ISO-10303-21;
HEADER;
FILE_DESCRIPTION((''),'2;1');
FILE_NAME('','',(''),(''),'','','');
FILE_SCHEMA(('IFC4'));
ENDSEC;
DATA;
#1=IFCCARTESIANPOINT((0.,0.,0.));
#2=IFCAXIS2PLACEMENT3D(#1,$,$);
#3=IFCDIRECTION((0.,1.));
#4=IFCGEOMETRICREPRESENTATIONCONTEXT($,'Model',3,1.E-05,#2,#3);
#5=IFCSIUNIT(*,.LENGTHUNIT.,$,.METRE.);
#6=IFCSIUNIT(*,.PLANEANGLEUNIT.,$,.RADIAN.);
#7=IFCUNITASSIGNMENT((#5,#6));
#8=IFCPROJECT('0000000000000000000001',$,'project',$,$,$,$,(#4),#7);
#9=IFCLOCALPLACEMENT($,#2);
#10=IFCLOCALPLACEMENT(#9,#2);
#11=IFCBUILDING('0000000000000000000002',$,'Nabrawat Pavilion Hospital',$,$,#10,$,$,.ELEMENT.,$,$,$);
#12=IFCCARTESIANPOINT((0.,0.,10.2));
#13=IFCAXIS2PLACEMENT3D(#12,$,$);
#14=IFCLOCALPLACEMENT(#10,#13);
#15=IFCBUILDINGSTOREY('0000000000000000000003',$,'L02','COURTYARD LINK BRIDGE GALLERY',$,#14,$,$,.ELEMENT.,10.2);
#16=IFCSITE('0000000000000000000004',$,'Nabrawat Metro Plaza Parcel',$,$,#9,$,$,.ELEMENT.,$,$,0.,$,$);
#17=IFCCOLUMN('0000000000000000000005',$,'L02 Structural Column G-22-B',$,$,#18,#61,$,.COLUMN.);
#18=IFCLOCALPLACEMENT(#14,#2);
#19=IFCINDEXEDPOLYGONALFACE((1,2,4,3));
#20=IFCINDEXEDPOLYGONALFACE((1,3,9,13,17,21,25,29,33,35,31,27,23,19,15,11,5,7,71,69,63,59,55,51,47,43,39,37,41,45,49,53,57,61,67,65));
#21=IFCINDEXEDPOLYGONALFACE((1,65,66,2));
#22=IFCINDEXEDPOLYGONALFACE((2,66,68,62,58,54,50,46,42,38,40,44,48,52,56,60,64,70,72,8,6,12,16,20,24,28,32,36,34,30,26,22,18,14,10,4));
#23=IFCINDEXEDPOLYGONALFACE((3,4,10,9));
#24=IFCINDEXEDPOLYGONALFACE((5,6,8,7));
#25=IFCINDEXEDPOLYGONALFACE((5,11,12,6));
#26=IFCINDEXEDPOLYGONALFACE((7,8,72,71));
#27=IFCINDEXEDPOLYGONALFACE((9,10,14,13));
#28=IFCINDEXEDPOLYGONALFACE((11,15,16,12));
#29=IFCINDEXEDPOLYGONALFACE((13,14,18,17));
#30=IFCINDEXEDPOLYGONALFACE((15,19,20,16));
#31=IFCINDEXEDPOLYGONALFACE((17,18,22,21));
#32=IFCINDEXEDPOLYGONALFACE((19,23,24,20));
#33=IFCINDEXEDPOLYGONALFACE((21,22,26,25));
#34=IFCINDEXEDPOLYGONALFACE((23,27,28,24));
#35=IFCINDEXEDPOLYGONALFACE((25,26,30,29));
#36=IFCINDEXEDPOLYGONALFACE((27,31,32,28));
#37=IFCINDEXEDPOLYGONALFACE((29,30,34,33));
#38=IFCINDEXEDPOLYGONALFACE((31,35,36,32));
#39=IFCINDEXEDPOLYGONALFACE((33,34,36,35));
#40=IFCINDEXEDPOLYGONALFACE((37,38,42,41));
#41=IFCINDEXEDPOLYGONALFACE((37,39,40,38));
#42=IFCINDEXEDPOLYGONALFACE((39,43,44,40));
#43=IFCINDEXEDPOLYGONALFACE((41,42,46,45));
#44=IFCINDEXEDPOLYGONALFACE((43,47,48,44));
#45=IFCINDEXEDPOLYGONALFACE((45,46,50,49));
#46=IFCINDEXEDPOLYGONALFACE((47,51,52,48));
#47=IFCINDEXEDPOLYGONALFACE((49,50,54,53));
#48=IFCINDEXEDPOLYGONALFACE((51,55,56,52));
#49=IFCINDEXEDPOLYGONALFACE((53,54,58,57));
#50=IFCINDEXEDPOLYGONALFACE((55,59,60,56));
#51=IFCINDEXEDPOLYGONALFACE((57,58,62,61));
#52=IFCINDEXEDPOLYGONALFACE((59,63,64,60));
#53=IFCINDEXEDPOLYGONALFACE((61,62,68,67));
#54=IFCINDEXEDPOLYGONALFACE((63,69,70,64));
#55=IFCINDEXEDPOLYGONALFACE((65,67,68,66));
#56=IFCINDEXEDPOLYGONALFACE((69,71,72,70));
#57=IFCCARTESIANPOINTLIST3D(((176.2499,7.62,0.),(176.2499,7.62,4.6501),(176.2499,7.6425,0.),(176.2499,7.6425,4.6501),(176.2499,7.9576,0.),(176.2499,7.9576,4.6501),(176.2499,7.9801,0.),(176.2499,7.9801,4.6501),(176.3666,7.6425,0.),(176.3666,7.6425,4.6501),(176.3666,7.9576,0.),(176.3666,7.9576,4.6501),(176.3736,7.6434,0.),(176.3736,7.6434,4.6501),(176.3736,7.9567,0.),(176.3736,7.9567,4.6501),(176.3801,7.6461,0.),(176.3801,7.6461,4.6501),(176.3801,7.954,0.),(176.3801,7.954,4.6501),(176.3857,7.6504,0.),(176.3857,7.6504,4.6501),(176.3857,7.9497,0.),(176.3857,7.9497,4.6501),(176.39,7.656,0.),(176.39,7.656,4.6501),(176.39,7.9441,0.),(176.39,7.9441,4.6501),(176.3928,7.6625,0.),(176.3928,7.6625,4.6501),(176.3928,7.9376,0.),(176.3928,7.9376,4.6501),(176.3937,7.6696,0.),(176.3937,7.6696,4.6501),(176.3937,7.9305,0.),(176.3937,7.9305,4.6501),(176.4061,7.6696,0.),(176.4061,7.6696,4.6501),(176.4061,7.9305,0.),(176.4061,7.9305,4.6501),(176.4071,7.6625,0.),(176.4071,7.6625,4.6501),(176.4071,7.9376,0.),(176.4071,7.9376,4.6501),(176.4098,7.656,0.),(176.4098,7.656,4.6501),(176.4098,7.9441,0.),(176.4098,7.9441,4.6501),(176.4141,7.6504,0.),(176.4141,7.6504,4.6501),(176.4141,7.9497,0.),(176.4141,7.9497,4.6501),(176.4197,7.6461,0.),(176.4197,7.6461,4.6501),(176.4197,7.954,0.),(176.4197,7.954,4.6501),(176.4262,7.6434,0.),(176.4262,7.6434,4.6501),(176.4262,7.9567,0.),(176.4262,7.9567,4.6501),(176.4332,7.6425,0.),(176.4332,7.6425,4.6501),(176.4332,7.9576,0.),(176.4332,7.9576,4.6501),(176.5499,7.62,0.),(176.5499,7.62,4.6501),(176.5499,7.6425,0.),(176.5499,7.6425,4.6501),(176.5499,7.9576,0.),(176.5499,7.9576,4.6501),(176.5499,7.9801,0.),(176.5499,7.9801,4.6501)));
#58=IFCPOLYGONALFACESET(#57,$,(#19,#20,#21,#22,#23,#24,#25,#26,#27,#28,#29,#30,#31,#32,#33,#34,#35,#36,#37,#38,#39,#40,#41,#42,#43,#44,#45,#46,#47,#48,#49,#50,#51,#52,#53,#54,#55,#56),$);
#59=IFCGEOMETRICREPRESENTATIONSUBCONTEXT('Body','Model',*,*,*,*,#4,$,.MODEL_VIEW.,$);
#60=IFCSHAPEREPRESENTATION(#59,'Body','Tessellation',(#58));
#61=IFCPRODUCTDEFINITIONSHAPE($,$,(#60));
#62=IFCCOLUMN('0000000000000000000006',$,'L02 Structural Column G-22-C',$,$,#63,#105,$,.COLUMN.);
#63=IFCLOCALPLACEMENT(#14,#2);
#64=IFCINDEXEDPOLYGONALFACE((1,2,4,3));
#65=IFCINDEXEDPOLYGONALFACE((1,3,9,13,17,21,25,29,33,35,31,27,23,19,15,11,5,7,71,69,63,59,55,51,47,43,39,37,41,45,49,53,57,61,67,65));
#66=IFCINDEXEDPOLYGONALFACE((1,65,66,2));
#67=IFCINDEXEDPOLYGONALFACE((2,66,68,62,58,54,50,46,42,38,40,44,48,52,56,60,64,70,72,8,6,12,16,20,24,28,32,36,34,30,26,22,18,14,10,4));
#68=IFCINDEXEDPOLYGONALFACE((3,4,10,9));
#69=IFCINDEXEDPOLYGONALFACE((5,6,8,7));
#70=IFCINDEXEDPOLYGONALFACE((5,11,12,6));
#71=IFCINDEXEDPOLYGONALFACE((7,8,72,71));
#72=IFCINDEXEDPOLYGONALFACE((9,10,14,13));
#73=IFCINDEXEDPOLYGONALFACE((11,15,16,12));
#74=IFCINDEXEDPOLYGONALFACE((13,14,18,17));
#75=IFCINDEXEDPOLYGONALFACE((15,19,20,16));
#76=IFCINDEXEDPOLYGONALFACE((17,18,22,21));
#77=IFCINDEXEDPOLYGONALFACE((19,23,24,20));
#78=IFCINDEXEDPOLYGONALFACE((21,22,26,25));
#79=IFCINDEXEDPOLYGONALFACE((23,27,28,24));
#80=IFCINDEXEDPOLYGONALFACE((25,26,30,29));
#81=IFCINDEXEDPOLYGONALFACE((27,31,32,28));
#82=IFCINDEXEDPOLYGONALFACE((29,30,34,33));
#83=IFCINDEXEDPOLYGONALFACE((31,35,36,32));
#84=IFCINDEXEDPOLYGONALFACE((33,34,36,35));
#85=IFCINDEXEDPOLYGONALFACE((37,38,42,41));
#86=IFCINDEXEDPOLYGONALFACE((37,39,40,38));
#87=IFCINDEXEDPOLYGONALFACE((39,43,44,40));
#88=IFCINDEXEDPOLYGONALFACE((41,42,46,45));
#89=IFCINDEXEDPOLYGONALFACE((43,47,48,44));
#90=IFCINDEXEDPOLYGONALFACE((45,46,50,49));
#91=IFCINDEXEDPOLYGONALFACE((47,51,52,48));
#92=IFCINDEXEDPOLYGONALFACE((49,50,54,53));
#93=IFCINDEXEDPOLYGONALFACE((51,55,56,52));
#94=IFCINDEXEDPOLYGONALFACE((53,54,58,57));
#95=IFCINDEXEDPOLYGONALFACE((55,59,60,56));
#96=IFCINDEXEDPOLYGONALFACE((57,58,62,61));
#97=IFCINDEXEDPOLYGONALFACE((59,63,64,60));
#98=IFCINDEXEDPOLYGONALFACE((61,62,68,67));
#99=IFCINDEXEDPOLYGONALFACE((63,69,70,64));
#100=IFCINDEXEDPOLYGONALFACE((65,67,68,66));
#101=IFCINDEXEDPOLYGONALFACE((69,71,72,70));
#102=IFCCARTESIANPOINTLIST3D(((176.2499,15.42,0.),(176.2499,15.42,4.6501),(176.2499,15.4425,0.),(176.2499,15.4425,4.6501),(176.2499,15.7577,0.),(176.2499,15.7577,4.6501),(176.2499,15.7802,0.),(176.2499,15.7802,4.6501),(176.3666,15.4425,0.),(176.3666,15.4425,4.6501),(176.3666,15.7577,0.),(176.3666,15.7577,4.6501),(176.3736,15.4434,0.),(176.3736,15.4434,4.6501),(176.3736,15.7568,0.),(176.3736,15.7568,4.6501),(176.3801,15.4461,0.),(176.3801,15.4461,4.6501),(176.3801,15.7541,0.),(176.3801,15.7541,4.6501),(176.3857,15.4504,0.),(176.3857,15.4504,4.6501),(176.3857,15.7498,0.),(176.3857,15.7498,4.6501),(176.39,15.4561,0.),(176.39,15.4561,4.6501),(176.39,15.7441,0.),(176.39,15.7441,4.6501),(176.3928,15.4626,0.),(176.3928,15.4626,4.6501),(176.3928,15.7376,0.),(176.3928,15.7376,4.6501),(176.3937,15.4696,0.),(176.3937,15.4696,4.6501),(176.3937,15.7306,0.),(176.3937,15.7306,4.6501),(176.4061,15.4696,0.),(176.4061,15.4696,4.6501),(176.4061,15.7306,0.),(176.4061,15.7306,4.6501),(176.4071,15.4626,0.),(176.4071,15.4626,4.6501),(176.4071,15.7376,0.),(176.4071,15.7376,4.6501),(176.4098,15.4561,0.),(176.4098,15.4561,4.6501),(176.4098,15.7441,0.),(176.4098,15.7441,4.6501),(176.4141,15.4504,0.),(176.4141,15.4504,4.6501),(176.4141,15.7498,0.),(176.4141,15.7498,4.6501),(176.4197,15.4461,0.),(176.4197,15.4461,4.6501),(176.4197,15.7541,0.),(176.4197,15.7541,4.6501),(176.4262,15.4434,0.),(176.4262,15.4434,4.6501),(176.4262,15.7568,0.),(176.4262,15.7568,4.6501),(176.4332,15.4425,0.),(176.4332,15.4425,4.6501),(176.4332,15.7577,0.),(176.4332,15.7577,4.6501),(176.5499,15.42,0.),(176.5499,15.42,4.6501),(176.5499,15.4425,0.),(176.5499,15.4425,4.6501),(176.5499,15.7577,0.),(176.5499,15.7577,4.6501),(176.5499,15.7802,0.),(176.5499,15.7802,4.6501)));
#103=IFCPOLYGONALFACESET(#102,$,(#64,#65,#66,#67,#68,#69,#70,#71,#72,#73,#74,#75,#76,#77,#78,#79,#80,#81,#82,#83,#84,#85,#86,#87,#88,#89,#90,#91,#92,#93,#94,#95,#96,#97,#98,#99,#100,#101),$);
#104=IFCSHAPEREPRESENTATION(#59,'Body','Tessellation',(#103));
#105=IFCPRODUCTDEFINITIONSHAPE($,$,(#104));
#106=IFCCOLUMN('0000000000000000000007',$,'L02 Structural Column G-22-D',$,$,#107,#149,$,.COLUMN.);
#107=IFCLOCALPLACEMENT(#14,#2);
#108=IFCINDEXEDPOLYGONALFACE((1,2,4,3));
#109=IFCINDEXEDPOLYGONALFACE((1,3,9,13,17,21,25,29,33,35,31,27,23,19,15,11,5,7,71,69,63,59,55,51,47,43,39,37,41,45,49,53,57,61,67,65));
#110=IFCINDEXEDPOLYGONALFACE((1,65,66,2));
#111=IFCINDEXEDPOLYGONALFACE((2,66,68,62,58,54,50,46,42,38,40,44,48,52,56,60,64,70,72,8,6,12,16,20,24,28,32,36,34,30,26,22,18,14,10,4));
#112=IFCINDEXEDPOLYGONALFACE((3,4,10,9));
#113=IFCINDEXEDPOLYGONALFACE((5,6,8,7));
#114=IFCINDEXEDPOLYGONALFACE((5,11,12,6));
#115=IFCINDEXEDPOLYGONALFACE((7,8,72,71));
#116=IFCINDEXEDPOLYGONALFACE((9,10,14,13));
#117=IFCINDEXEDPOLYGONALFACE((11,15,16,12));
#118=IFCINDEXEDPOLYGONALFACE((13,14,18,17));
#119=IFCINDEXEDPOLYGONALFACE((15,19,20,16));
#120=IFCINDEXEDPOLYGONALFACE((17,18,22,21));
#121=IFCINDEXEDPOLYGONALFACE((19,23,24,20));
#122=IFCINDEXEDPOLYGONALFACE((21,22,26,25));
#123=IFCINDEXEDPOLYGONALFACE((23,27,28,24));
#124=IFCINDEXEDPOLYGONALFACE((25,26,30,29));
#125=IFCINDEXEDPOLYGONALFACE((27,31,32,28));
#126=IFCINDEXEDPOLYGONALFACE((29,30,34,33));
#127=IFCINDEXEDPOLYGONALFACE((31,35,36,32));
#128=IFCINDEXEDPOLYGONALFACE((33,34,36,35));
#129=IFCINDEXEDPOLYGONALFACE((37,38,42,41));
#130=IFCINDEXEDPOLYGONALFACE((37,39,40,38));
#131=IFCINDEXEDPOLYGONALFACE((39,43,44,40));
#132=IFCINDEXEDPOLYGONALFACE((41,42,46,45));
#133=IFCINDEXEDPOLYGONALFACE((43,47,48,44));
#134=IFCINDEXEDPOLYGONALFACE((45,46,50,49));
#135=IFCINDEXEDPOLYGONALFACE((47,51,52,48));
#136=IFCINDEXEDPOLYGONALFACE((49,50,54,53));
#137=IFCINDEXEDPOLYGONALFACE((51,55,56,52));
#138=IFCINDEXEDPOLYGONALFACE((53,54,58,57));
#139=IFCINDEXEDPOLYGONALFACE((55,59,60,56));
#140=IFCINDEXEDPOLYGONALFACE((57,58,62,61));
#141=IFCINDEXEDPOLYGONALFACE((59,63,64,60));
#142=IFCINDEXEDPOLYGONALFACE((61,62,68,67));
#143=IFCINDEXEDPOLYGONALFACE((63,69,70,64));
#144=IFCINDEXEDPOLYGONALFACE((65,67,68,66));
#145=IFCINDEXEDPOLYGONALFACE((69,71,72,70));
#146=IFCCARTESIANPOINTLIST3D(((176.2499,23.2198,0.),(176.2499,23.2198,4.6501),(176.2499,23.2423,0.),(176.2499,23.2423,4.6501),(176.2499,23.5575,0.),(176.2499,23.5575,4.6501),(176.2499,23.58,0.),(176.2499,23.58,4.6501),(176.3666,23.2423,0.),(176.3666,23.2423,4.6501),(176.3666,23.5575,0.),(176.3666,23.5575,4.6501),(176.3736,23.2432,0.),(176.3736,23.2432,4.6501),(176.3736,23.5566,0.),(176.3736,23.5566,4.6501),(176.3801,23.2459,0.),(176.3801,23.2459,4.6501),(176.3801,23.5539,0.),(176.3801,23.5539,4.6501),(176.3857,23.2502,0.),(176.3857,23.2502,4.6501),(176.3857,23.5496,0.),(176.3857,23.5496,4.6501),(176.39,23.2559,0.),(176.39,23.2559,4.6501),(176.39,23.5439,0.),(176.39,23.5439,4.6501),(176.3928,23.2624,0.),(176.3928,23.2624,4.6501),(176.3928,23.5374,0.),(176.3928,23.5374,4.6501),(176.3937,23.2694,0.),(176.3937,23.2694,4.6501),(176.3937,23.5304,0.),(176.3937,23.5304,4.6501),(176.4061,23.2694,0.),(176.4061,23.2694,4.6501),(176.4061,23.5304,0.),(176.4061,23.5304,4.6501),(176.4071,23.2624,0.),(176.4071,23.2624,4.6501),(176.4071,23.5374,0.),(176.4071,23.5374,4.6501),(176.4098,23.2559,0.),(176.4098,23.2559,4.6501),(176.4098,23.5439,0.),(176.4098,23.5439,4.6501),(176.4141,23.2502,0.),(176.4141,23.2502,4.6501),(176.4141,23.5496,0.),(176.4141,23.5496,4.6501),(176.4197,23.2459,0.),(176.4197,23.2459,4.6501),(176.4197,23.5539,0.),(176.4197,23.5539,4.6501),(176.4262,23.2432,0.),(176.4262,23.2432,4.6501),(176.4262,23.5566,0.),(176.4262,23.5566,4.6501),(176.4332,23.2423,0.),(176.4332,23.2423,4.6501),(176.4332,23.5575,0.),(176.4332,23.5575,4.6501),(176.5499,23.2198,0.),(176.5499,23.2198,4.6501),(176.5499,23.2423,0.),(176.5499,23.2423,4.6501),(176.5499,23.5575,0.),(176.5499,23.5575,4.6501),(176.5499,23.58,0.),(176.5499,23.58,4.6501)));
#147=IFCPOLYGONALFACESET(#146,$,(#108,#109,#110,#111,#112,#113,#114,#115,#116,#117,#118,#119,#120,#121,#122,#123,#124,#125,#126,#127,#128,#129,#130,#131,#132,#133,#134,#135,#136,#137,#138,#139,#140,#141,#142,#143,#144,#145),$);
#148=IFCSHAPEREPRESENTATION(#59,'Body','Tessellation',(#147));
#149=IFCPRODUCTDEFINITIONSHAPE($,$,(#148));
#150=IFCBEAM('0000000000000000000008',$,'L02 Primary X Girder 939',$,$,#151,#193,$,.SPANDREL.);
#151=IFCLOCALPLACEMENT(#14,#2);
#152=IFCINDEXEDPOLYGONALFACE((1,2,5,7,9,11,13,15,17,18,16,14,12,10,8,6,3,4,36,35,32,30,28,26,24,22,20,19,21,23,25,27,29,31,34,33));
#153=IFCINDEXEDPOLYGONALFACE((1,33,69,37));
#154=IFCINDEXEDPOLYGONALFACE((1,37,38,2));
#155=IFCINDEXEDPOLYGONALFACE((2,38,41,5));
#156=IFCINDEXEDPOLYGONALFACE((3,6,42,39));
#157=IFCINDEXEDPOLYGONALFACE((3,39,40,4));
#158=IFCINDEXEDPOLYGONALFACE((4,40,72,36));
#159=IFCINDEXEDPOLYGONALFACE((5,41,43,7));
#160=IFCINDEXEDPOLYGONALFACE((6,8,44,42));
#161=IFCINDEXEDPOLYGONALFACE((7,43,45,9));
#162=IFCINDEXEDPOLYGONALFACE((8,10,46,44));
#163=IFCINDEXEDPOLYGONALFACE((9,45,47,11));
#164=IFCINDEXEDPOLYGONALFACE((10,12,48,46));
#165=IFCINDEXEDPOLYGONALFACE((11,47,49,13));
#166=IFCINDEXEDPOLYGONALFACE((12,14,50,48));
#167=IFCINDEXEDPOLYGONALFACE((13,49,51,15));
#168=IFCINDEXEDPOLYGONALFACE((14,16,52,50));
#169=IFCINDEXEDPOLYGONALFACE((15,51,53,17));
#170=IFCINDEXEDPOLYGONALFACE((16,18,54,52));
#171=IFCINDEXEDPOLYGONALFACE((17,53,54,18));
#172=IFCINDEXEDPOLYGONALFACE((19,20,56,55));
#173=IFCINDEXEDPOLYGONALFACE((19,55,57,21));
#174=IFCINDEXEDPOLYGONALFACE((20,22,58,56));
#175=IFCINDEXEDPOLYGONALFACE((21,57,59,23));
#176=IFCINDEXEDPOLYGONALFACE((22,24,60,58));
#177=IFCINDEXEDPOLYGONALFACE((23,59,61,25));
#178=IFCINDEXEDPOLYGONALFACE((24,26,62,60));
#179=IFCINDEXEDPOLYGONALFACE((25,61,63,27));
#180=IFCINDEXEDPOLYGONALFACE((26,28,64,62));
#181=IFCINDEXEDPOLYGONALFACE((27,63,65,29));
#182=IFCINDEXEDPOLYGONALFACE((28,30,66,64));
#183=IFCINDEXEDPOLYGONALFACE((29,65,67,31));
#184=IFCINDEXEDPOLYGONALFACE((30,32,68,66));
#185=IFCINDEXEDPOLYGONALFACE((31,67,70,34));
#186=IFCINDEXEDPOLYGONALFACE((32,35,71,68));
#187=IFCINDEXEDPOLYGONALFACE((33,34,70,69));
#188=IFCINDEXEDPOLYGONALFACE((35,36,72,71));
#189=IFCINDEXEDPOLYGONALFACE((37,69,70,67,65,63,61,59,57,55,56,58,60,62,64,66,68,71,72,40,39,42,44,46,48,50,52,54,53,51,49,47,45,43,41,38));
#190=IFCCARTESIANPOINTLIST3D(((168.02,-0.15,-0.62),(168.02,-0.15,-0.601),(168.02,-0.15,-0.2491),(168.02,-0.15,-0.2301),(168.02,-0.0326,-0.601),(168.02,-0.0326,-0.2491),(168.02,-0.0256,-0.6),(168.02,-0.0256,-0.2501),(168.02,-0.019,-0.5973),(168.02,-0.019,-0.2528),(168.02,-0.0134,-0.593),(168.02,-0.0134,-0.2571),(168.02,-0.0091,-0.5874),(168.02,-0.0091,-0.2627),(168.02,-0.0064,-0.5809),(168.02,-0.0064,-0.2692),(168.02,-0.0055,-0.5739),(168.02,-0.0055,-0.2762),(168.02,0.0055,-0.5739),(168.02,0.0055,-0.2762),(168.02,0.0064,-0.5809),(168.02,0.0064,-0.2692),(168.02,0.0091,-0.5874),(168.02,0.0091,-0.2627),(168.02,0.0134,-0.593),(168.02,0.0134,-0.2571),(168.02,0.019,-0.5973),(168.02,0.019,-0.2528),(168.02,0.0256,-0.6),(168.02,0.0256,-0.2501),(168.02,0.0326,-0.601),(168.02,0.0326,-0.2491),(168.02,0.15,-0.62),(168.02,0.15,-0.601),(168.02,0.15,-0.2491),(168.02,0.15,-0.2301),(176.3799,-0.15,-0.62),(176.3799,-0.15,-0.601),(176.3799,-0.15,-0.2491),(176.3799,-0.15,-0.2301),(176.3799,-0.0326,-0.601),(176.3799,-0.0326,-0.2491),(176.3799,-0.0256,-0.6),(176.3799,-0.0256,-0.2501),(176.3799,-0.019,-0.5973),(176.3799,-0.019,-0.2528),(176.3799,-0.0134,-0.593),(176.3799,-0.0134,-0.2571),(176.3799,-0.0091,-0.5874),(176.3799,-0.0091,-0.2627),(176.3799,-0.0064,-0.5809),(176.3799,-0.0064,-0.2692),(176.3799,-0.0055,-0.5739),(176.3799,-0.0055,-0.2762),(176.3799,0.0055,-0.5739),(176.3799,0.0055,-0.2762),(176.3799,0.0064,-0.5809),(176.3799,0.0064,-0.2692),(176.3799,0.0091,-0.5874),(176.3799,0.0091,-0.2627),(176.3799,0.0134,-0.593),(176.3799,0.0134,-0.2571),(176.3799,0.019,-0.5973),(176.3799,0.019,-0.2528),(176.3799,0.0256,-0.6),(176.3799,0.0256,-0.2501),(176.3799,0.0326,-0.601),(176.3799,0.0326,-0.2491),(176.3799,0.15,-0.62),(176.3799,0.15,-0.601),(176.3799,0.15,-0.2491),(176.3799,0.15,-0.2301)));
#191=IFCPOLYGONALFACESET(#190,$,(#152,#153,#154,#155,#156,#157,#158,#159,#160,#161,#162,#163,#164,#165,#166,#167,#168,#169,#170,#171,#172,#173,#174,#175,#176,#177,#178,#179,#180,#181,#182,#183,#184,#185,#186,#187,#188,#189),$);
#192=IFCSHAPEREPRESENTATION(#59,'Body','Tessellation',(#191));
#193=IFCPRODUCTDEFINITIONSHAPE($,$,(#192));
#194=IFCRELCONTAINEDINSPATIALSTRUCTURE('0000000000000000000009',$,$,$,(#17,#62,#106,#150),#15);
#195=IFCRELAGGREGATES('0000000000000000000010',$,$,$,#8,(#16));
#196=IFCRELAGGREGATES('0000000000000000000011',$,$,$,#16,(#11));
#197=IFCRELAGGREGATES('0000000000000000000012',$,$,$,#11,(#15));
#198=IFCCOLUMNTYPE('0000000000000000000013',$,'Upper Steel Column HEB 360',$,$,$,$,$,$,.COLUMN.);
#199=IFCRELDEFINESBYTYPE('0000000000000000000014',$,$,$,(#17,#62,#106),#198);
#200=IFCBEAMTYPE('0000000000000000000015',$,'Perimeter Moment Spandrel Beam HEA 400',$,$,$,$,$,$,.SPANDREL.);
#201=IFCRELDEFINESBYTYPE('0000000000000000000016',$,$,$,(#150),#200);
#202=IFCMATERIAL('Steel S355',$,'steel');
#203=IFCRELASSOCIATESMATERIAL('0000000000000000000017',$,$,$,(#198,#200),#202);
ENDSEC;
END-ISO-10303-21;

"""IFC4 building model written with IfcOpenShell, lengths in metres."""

from ifc_helpers import new_model, si_unit, direction, frame, origin, origin_2d, place, context, subcontext, project, spatial, i_section, extrude, material, material_profile, profile_set, type_object, element, save


model = new_model("IFC4")

# Units and contexts
model_context = context("Model", 3, precision=1e-05, world=origin(), true_north=direction((0.0, 1.0)))
body_context = subcontext(model_context, "Body", "Model", "MODEL_VIEW")
ifc_project = project(units=[si_unit("LENGTHUNIT", "METRE"), si_unit("PLANEANGLEUNIT", "RADIAN")], contexts=[model_context])

# Site, building, storey
site_placement = place(None, origin())
site = spatial("IfcSite", under=ifc_project, at=site_placement, Name="Nabrawat Metro Plaza Parcel", CompositionType="ELEMENT", RefElevation=0.0)
building_placement = place(site_placement, origin())
building = spatial("IfcBuilding", under=site, at=building_placement, Name="Nabrawat Pavilion Hospital", CompositionType="ELEMENT")
storey_placement = place(building_placement, frame((0.0, 0.0, 10.2)))
storey = spatial("IfcBuildingStorey", under=building, at=storey_placement, Name="L02", Description="COURTYARD LINK BRIDGE GALLERY", CompositionType="ELEMENT", Elevation=10.2)

# Columns
ifc_material_1 = material(Name="Steel S355", Category="steel")
ifc_material_profile_1 = material_profile(ifc_material_1, i_section(OverallWidth=0.3, OverallDepth=0.3601, WebThickness=0.0125, FlangeThickness=0.0225, FilletRadius=0.0271, at=origin_2d()), Name="HEB 360")
ifc_profile_set_1 = profile_set([ifc_material_profile_1], Name="Steel S355")
column_type = type_object("IfcColumnType", Name="Upper Steel Column HEB 360", PredefinedType="COLUMN", material=ifc_profile_set_1)
for number, where, z_axis, x_axis, name in (
    (1, (176.3999, 7.8, 0.0), (0.0, 0.0, 1.0), (1.0, 0.0, 0.0), "L02 Structural Column G-22-B"),
    (2, (176.3999, 15.6001, 0.0), (0.0, 0.0, 1.0), (1.0, 0.0, 0.0), "L02 Structural Column G-22-C"),
    (3, (176.3999, 23.3999, 0.0), (0.0, 0.0, 1.0), (1.0, 0.0, 0.0), "L02 Structural Column G-22-D"),
):
    element("IfcColumn", number, at=place(storey_placement, frame(where, z_axis=z_axis, x_axis=x_axis)), inside=storey, type_object=column_type, Name=name, PredefinedType="COLUMN", context=body_context, shape_type="SweptSolid", body=[
        extrude(i_section(OverallWidth=0.3, OverallDepth=0.3601, WebThickness=0.0125, FlangeThickness=0.0225, FilletRadius=0.0271, at=origin_2d()), origin(), (0.0, 0.0, 1.0), 4.6501),
    ])

# Beam
ifc_material_profile_2 = material_profile(ifc_material_1, i_section(OverallWidth=0.3, OverallDepth=0.3899, WebThickness=0.011, FlangeThickness=0.019, FilletRadius=0.0271, at=origin_2d()), Name="HEA 400")
ifc_profile_set_2 = profile_set([ifc_material_profile_2], Name="Steel S355")
beam_type_1 = type_object("IfcBeamType", Name="Perimeter Moment Spandrel Beam HEA 400", PredefinedType="SPANDREL", material=ifc_profile_set_2)
beam_1_placement = place(storey_placement, frame((168.02, 0.0, -0.425), z_axis=(1.0, 0.0, 0.0), x_axis=(0.0, 1.0, 0.0)))
element("IfcBeam", 4, at=beam_1_placement, inside=storey, type_object=beam_type_1, Name="L02 Primary X Girder 939", PredefinedType="SPANDREL", context=body_context, shape_type="SweptSolid", body=[
    extrude(i_section(OverallWidth=0.3, OverallDepth=0.3899, WebThickness=0.011, FlangeThickness=0.019, FilletRadius=0.0271, at=origin_2d()), origin(), (0.0, 0.0, 1.0), 8.3599),
])

save(model, "model.ifc")
